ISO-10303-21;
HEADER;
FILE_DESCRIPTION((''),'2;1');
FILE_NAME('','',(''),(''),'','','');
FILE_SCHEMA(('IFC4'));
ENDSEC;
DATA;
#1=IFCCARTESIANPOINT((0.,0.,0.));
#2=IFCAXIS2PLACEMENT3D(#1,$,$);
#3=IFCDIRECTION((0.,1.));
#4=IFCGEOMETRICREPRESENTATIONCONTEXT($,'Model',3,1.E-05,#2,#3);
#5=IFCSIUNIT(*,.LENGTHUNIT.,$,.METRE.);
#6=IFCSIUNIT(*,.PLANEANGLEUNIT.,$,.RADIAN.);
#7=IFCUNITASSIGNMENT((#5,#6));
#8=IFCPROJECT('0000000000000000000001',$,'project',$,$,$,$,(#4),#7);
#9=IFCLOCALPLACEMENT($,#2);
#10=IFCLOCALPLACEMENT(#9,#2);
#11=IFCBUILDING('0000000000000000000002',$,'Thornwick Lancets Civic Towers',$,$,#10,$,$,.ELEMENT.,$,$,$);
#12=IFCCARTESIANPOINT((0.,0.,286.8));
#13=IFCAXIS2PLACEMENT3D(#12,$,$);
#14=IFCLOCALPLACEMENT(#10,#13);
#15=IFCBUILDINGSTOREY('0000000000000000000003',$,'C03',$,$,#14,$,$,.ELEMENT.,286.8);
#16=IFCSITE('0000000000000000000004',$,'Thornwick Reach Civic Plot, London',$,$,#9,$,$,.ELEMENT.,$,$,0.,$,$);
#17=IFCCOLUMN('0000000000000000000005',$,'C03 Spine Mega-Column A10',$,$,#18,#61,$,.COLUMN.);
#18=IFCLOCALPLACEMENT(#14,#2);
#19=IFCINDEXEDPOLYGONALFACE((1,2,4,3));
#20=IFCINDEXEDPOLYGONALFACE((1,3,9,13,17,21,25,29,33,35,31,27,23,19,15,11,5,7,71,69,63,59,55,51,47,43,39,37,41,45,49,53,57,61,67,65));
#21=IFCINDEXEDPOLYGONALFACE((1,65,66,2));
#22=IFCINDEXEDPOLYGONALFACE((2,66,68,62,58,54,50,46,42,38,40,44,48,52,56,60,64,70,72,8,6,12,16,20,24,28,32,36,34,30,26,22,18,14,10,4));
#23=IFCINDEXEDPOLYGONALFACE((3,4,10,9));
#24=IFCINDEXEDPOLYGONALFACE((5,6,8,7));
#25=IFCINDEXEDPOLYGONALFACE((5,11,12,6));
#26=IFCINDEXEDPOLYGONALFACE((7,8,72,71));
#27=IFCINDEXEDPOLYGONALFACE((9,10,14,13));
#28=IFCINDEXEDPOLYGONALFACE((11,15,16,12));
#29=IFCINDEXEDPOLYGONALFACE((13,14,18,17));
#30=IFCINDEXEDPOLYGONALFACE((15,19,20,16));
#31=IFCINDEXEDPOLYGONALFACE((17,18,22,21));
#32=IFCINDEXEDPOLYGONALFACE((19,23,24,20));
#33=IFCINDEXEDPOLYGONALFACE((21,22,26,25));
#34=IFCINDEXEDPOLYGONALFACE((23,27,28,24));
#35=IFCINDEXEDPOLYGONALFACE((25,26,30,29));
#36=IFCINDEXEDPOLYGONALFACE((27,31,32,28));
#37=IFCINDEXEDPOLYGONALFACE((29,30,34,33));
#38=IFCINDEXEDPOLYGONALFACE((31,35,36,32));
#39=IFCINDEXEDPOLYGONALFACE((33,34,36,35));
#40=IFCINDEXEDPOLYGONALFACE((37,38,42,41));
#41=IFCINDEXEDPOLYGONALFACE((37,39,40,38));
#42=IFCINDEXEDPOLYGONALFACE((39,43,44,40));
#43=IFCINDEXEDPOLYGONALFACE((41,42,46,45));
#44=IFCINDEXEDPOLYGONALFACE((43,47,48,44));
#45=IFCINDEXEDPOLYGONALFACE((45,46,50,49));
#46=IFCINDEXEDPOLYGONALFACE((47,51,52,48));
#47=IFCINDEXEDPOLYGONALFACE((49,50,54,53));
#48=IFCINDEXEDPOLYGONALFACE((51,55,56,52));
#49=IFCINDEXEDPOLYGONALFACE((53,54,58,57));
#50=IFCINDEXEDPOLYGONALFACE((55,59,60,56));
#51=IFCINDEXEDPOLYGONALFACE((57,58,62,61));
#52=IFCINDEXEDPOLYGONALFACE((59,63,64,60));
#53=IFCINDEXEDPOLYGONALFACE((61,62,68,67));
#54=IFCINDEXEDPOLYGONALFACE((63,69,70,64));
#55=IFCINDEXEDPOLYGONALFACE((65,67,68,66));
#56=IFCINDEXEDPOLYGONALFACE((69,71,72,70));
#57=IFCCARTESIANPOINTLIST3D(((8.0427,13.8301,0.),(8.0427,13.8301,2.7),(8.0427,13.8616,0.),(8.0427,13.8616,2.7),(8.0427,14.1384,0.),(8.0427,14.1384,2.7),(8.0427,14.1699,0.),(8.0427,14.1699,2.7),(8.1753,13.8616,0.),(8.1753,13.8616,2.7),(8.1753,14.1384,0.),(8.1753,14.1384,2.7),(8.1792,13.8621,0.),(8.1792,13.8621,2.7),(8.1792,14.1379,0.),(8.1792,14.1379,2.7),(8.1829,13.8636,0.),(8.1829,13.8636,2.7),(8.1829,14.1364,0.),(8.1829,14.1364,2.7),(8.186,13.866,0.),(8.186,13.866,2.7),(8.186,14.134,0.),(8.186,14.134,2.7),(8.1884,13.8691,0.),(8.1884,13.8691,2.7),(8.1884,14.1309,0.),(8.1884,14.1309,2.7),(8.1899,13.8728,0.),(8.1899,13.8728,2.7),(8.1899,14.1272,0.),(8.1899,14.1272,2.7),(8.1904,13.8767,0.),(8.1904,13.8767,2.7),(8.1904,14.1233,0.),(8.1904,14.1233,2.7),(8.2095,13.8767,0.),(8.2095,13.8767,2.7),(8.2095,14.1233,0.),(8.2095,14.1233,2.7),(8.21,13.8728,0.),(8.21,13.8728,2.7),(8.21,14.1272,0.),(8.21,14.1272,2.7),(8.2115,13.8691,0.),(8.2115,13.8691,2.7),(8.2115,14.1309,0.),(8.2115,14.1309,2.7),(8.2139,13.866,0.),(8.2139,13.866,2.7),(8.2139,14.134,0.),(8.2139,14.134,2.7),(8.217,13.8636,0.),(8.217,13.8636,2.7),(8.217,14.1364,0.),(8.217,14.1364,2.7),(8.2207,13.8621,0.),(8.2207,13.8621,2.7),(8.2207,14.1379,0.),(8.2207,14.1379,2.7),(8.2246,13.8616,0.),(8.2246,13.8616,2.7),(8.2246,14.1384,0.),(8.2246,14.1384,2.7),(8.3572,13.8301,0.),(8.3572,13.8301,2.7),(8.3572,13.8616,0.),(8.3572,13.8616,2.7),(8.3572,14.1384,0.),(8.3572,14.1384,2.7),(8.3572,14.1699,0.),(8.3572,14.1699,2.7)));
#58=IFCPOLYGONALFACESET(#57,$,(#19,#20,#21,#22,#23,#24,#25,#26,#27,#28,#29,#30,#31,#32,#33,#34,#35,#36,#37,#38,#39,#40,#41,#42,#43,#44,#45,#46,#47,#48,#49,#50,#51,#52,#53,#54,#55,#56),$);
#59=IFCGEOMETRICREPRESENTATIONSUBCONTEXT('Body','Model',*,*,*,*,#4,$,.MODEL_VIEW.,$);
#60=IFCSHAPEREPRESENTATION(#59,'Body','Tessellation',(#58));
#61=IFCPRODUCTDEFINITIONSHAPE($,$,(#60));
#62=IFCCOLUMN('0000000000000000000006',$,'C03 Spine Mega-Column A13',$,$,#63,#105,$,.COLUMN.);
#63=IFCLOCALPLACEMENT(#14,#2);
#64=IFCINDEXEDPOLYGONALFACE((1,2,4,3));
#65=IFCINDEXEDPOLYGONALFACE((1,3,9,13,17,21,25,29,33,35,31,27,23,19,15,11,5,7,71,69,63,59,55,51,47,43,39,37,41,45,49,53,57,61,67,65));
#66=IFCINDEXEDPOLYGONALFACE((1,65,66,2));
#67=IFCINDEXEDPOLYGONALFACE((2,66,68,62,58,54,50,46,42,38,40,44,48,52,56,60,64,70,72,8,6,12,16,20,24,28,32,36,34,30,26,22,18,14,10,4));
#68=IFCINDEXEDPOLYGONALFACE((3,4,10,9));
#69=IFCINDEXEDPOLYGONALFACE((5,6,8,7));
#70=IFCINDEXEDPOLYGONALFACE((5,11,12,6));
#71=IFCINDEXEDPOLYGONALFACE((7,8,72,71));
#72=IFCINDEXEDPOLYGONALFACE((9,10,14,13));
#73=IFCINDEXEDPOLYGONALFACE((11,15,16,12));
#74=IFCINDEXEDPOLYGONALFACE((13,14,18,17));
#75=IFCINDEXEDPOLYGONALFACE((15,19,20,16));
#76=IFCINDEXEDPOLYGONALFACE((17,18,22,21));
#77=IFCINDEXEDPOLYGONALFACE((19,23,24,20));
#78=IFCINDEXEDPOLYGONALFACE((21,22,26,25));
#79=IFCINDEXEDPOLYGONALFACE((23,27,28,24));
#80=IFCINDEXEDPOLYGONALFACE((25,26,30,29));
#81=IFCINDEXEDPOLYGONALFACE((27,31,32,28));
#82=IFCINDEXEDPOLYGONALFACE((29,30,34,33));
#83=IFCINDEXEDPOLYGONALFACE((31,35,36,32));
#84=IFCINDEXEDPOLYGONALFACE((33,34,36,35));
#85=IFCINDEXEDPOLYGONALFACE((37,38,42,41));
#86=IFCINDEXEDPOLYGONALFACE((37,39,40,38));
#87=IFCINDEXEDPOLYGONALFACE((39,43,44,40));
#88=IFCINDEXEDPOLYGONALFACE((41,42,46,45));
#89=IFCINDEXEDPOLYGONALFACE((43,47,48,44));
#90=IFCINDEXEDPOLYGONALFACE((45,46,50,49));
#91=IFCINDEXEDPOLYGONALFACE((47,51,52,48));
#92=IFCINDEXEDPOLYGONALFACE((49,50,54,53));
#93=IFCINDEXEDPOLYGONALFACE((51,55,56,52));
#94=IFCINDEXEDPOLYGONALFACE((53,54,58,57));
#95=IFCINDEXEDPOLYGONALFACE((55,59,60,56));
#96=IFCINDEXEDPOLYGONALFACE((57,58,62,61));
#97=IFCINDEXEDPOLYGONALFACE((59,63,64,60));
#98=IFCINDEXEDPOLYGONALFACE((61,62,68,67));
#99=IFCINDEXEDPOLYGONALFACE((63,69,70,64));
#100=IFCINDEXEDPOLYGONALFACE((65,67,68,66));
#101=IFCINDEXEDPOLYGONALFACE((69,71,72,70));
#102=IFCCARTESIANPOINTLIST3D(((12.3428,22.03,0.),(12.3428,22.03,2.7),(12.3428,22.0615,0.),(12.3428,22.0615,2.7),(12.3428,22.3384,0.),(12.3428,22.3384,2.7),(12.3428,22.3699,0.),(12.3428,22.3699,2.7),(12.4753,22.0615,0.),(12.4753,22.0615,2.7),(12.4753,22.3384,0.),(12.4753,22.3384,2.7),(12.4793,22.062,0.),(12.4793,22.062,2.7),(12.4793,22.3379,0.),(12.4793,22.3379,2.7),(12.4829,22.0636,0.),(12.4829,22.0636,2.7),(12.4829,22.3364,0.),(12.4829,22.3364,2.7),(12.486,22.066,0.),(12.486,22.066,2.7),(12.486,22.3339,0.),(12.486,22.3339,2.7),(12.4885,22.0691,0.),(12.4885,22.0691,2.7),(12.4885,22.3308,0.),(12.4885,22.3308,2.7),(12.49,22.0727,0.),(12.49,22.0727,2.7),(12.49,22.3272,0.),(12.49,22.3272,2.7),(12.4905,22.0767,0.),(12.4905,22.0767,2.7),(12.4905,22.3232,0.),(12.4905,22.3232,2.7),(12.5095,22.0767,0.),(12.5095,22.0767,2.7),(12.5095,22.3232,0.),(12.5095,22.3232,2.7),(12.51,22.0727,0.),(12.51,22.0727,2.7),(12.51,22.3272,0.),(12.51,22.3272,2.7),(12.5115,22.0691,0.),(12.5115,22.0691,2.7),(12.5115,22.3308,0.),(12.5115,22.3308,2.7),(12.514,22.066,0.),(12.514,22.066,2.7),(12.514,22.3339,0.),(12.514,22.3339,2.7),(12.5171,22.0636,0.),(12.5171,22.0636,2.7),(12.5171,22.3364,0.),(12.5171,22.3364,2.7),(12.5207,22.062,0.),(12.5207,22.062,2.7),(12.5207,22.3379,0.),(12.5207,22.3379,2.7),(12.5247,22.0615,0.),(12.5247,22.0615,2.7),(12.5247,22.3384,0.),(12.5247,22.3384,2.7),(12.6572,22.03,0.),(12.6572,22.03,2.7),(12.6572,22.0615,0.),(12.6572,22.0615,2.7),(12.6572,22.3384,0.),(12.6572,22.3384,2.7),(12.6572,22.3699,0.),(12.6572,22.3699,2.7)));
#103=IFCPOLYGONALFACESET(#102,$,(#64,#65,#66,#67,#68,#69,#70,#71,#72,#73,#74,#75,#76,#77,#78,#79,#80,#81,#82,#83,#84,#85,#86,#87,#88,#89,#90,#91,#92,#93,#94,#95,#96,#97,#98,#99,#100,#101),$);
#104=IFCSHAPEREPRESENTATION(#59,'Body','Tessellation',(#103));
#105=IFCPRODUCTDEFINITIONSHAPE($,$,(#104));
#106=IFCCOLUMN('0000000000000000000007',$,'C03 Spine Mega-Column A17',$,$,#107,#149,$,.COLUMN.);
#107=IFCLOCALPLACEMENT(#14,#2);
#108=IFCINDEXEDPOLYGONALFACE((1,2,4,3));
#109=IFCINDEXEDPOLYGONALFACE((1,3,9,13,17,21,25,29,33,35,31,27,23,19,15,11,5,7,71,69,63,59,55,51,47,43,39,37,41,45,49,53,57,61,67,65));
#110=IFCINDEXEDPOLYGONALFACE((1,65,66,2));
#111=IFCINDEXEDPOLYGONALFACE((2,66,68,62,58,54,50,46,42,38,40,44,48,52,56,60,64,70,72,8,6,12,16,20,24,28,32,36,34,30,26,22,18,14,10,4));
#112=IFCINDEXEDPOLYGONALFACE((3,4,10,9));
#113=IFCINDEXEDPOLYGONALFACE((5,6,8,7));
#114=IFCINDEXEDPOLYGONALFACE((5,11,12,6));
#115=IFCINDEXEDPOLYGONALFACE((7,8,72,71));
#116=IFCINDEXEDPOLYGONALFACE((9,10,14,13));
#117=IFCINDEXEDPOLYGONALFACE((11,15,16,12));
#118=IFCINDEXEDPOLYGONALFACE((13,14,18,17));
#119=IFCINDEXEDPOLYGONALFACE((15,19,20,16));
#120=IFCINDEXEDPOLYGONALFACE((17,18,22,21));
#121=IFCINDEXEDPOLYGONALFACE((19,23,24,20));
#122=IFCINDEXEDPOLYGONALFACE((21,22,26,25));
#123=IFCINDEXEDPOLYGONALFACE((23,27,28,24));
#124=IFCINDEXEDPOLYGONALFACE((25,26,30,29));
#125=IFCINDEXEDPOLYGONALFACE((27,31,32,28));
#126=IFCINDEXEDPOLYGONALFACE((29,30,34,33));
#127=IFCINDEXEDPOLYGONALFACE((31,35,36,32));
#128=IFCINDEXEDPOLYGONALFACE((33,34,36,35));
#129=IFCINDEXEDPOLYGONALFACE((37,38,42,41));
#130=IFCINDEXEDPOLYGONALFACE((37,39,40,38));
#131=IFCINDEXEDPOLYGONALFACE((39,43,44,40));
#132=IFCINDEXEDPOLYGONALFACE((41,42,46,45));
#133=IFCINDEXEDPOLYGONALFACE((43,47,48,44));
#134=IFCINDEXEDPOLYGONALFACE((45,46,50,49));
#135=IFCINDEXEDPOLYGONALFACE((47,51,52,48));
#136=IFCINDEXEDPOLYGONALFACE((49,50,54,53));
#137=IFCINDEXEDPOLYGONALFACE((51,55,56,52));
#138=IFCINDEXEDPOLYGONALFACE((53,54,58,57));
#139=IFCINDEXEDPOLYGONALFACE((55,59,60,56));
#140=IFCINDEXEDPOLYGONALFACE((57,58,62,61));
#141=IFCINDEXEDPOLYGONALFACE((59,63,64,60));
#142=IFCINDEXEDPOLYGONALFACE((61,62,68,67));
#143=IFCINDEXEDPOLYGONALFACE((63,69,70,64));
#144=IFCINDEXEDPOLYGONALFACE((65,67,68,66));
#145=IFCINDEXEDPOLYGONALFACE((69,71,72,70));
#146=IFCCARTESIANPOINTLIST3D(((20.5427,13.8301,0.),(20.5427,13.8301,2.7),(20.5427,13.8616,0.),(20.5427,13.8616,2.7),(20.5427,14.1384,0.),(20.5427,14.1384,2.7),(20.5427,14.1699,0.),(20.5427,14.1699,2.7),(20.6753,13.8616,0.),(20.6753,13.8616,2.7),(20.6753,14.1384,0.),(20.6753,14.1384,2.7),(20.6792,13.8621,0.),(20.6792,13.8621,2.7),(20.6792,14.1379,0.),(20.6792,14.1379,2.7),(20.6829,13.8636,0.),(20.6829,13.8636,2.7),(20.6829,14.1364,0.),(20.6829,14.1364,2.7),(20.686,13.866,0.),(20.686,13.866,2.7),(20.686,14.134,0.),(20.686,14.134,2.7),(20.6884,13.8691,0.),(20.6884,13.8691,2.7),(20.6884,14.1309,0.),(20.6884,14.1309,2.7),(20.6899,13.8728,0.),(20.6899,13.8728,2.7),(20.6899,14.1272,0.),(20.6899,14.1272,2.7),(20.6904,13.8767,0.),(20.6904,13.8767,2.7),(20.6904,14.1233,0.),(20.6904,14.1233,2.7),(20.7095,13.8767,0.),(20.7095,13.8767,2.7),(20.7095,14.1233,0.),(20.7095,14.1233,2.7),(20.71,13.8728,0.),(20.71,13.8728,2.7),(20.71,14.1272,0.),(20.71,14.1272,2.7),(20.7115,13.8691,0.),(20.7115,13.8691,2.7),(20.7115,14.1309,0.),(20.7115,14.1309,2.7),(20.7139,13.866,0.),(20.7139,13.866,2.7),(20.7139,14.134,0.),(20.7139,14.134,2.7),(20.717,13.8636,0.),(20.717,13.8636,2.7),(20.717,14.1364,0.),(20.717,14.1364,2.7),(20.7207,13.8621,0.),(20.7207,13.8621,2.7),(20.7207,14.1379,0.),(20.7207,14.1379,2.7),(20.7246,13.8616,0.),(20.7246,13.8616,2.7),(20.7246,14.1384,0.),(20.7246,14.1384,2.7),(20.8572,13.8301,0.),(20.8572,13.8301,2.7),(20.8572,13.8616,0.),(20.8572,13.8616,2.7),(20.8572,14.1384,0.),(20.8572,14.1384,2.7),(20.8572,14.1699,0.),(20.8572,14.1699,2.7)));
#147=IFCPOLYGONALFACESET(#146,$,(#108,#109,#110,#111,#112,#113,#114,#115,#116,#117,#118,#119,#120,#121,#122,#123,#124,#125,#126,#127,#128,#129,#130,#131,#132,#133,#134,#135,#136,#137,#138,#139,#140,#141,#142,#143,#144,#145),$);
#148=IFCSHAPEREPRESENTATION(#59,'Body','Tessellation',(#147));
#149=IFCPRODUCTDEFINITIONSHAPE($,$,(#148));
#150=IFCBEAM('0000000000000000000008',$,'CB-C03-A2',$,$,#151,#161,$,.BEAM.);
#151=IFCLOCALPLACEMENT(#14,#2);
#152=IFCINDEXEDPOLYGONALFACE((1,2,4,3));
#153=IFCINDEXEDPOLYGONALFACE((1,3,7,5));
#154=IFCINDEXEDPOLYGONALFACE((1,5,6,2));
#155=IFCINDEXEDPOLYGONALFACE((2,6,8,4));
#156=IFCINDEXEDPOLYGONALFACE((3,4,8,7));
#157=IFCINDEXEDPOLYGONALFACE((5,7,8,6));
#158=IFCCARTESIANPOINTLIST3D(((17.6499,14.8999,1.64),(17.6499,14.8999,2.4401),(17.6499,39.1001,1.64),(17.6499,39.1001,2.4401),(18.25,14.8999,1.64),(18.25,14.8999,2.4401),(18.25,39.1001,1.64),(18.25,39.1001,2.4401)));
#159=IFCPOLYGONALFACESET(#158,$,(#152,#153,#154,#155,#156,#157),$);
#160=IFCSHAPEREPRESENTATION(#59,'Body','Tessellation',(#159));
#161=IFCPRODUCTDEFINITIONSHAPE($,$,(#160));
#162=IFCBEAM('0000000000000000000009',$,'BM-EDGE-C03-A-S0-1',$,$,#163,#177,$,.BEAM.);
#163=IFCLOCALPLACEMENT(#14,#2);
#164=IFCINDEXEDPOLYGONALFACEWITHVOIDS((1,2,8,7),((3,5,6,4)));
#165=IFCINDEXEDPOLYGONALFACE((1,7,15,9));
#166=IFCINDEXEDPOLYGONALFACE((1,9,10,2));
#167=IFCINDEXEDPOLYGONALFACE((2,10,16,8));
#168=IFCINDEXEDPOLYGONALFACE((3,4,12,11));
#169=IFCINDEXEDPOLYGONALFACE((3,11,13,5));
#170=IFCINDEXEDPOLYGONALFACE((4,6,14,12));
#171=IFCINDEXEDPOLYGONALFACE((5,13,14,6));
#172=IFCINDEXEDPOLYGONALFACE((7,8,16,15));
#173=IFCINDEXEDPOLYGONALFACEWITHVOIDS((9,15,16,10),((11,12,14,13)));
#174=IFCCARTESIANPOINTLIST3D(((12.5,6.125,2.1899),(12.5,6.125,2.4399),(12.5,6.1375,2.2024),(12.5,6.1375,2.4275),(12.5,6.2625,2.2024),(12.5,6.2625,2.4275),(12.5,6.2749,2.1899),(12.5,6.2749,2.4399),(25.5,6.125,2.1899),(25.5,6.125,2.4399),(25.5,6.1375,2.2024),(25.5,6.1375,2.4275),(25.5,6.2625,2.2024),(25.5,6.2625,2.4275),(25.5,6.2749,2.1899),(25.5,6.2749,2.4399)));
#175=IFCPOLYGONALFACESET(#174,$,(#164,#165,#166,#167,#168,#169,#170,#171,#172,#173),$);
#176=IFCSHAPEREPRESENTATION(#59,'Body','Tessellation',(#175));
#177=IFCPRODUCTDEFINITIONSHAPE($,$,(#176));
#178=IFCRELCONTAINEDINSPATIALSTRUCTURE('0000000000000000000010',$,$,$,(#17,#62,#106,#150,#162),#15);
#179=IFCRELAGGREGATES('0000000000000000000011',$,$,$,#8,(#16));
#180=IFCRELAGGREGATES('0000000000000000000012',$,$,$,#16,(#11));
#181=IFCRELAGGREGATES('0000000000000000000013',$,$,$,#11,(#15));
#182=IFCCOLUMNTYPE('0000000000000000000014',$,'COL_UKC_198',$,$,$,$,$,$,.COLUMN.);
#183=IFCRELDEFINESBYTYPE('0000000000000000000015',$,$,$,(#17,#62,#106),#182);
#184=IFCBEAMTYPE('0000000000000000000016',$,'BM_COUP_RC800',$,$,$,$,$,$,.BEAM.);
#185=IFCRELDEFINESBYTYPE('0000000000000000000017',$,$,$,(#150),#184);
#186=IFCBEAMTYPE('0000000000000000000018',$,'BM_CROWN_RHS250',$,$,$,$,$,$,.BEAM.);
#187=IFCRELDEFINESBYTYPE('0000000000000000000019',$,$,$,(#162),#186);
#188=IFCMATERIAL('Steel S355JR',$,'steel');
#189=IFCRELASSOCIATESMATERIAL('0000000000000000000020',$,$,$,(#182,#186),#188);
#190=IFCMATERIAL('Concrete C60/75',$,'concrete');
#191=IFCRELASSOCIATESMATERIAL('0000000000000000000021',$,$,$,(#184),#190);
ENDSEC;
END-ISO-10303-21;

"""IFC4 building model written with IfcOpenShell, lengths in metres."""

from ifc_helpers import new_model, si_unit, direction, frame, origin, origin_2d, place, context, subcontext, project, spatial, rectangle, hollow_rectangle, i_section, extrude, material, material_profile, profile_set, type_object, element, save


model = new_model("IFC4")

# Units and contexts
model_context = context("Model", 3, precision=1e-05, world=origin(), true_north=direction((0.0, 1.0)))
body_context = subcontext(model_context, "Body", "Model", "MODEL_VIEW")
ifc_project = project(units=[si_unit("LENGTHUNIT", "METRE"), si_unit("PLANEANGLEUNIT", "RADIAN")], contexts=[model_context])

# Site, building, storey
site_placement = place(None, origin())
site = spatial("IfcSite", under=ifc_project, at=site_placement, Name="Thornwick Reach Civic Plot, London", CompositionType="ELEMENT", RefElevation=0.0)
building_placement = place(site_placement, origin())
building = spatial("IfcBuilding", under=site, at=building_placement, Name="Thornwick Lancets Civic Towers", CompositionType="ELEMENT")
storey_placement = place(building_placement, frame((0.0, 0.0, 286.8)))
storey = spatial("IfcBuildingStorey", under=building, at=storey_placement, Name="C03", CompositionType="ELEMENT", Elevation=286.8)

# Columns
ifc_material_1 = material(Name="Steel S355JR", Category="steel")
ifc_material_profile_1 = material_profile(ifc_material_1, i_section(OverallWidth=0.3145, OverallDepth=0.3398, WebThickness=0.019, FlangeThickness=0.0315, FilletRadius=0.0151, at=origin_2d()), Name="UKC 305x305x198")
ifc_profile_set_1 = profile_set([ifc_material_profile_1], Name="Steel S355JR")
column_type_1 = type_object("IfcColumnType", Name="COL_UKC_198", PredefinedType="COLUMN", material=ifc_profile_set_1)
for number, where, z_axis, x_axis, name in (
    (1, (8.2, 14.0, 0.0), (0.0, 0.0, 1.0), (1.0, 0.0, 0.0), "C03 Spine Mega-Column A10"),
    (2, (12.5, 22.2, 0.0), (0.0, 0.0, 1.0), (1.0, 0.0, 0.0), "C03 Spine Mega-Column A13"),
    (3, (20.7, 14.0, 0.0), (0.0, 0.0, 1.0), (1.0, 0.0, 0.0), "C03 Spine Mega-Column A17"),
):
    element("IfcColumn", number, at=place(storey_placement, frame(where, z_axis=z_axis, x_axis=x_axis)), inside=storey, type_object=column_type_1, Name=name, PredefinedType="COLUMN", context=body_context, shape_type="SweptSolid", body=[
        extrude(i_section(OverallWidth=0.3145, OverallDepth=0.3398, WebThickness=0.019, FlangeThickness=0.0315, FilletRadius=0.0151, at=origin_2d()), origin(), (0.0, 0.0, 1.0), 2.7),
    ])

# Beams
ifc_material_2 = material(Name="Concrete C60/75", Category="concrete")
ifc_material_profile_2 = material_profile(ifc_material_2, rectangle(XDim=0.6001, YDim=0.8, at=origin_2d()), Name="RC 600x800")
ifc_profile_set_2 = profile_set([ifc_material_profile_2], Name="Concrete C60/75")
beam_type_1 = type_object("IfcBeamType", Name="BM_COUP_RC800", PredefinedType="BEAM", material=ifc_profile_set_2)
beam_1_placement = place(storey_placement, frame((17.95, 14.8999, 2.04), z_axis=(0.0, 1.0, 0.0), x_axis=(-1.0, 0.0, 0.0)))
element("IfcBeam", 4, at=beam_1_placement, inside=storey, type_object=beam_type_1, Name="CB-C03-A2", PredefinedType="BEAM", context=body_context, shape_type="SweptSolid", body=[
    extrude(rectangle(XDim=0.6001, YDim=0.8, at=origin_2d()), origin(), (0.0, 0.0, 1.0), 24.2002),
])
ifc_material_profile_3 = material_profile(ifc_material_1, hollow_rectangle(XDim=0.1499, YDim=0.25, WallThickness=0.0125, at=origin_2d()), Name="RHS 250x150x12.5")
ifc_profile_set_3 = profile_set([ifc_material_profile_3], Name="Steel S355JR")
beam_type_2 = type_object("IfcBeamType", Name="BM_CROWN_RHS250", PredefinedType="BEAM", material=ifc_profile_set_3)
beam_2_placement = place(storey_placement, frame((12.5, 6.2, 2.3149), z_axis=(1.0, 0.0, 0.0), x_axis=(0.0, 1.0, 0.0)))
element("IfcBeam", 5, at=beam_2_placement, inside=storey, type_object=beam_type_2, Name="BM-EDGE-C03-A-S0-1", PredefinedType="BEAM", context=body_context, shape_type="SweptSolid", body=[
    extrude(hollow_rectangle(XDim=0.1499, YDim=0.25, WallThickness=0.0125, at=origin_2d()), origin(), (0.0, 0.0, 1.0), 13.0),
])

save(model, "model.ifc")
